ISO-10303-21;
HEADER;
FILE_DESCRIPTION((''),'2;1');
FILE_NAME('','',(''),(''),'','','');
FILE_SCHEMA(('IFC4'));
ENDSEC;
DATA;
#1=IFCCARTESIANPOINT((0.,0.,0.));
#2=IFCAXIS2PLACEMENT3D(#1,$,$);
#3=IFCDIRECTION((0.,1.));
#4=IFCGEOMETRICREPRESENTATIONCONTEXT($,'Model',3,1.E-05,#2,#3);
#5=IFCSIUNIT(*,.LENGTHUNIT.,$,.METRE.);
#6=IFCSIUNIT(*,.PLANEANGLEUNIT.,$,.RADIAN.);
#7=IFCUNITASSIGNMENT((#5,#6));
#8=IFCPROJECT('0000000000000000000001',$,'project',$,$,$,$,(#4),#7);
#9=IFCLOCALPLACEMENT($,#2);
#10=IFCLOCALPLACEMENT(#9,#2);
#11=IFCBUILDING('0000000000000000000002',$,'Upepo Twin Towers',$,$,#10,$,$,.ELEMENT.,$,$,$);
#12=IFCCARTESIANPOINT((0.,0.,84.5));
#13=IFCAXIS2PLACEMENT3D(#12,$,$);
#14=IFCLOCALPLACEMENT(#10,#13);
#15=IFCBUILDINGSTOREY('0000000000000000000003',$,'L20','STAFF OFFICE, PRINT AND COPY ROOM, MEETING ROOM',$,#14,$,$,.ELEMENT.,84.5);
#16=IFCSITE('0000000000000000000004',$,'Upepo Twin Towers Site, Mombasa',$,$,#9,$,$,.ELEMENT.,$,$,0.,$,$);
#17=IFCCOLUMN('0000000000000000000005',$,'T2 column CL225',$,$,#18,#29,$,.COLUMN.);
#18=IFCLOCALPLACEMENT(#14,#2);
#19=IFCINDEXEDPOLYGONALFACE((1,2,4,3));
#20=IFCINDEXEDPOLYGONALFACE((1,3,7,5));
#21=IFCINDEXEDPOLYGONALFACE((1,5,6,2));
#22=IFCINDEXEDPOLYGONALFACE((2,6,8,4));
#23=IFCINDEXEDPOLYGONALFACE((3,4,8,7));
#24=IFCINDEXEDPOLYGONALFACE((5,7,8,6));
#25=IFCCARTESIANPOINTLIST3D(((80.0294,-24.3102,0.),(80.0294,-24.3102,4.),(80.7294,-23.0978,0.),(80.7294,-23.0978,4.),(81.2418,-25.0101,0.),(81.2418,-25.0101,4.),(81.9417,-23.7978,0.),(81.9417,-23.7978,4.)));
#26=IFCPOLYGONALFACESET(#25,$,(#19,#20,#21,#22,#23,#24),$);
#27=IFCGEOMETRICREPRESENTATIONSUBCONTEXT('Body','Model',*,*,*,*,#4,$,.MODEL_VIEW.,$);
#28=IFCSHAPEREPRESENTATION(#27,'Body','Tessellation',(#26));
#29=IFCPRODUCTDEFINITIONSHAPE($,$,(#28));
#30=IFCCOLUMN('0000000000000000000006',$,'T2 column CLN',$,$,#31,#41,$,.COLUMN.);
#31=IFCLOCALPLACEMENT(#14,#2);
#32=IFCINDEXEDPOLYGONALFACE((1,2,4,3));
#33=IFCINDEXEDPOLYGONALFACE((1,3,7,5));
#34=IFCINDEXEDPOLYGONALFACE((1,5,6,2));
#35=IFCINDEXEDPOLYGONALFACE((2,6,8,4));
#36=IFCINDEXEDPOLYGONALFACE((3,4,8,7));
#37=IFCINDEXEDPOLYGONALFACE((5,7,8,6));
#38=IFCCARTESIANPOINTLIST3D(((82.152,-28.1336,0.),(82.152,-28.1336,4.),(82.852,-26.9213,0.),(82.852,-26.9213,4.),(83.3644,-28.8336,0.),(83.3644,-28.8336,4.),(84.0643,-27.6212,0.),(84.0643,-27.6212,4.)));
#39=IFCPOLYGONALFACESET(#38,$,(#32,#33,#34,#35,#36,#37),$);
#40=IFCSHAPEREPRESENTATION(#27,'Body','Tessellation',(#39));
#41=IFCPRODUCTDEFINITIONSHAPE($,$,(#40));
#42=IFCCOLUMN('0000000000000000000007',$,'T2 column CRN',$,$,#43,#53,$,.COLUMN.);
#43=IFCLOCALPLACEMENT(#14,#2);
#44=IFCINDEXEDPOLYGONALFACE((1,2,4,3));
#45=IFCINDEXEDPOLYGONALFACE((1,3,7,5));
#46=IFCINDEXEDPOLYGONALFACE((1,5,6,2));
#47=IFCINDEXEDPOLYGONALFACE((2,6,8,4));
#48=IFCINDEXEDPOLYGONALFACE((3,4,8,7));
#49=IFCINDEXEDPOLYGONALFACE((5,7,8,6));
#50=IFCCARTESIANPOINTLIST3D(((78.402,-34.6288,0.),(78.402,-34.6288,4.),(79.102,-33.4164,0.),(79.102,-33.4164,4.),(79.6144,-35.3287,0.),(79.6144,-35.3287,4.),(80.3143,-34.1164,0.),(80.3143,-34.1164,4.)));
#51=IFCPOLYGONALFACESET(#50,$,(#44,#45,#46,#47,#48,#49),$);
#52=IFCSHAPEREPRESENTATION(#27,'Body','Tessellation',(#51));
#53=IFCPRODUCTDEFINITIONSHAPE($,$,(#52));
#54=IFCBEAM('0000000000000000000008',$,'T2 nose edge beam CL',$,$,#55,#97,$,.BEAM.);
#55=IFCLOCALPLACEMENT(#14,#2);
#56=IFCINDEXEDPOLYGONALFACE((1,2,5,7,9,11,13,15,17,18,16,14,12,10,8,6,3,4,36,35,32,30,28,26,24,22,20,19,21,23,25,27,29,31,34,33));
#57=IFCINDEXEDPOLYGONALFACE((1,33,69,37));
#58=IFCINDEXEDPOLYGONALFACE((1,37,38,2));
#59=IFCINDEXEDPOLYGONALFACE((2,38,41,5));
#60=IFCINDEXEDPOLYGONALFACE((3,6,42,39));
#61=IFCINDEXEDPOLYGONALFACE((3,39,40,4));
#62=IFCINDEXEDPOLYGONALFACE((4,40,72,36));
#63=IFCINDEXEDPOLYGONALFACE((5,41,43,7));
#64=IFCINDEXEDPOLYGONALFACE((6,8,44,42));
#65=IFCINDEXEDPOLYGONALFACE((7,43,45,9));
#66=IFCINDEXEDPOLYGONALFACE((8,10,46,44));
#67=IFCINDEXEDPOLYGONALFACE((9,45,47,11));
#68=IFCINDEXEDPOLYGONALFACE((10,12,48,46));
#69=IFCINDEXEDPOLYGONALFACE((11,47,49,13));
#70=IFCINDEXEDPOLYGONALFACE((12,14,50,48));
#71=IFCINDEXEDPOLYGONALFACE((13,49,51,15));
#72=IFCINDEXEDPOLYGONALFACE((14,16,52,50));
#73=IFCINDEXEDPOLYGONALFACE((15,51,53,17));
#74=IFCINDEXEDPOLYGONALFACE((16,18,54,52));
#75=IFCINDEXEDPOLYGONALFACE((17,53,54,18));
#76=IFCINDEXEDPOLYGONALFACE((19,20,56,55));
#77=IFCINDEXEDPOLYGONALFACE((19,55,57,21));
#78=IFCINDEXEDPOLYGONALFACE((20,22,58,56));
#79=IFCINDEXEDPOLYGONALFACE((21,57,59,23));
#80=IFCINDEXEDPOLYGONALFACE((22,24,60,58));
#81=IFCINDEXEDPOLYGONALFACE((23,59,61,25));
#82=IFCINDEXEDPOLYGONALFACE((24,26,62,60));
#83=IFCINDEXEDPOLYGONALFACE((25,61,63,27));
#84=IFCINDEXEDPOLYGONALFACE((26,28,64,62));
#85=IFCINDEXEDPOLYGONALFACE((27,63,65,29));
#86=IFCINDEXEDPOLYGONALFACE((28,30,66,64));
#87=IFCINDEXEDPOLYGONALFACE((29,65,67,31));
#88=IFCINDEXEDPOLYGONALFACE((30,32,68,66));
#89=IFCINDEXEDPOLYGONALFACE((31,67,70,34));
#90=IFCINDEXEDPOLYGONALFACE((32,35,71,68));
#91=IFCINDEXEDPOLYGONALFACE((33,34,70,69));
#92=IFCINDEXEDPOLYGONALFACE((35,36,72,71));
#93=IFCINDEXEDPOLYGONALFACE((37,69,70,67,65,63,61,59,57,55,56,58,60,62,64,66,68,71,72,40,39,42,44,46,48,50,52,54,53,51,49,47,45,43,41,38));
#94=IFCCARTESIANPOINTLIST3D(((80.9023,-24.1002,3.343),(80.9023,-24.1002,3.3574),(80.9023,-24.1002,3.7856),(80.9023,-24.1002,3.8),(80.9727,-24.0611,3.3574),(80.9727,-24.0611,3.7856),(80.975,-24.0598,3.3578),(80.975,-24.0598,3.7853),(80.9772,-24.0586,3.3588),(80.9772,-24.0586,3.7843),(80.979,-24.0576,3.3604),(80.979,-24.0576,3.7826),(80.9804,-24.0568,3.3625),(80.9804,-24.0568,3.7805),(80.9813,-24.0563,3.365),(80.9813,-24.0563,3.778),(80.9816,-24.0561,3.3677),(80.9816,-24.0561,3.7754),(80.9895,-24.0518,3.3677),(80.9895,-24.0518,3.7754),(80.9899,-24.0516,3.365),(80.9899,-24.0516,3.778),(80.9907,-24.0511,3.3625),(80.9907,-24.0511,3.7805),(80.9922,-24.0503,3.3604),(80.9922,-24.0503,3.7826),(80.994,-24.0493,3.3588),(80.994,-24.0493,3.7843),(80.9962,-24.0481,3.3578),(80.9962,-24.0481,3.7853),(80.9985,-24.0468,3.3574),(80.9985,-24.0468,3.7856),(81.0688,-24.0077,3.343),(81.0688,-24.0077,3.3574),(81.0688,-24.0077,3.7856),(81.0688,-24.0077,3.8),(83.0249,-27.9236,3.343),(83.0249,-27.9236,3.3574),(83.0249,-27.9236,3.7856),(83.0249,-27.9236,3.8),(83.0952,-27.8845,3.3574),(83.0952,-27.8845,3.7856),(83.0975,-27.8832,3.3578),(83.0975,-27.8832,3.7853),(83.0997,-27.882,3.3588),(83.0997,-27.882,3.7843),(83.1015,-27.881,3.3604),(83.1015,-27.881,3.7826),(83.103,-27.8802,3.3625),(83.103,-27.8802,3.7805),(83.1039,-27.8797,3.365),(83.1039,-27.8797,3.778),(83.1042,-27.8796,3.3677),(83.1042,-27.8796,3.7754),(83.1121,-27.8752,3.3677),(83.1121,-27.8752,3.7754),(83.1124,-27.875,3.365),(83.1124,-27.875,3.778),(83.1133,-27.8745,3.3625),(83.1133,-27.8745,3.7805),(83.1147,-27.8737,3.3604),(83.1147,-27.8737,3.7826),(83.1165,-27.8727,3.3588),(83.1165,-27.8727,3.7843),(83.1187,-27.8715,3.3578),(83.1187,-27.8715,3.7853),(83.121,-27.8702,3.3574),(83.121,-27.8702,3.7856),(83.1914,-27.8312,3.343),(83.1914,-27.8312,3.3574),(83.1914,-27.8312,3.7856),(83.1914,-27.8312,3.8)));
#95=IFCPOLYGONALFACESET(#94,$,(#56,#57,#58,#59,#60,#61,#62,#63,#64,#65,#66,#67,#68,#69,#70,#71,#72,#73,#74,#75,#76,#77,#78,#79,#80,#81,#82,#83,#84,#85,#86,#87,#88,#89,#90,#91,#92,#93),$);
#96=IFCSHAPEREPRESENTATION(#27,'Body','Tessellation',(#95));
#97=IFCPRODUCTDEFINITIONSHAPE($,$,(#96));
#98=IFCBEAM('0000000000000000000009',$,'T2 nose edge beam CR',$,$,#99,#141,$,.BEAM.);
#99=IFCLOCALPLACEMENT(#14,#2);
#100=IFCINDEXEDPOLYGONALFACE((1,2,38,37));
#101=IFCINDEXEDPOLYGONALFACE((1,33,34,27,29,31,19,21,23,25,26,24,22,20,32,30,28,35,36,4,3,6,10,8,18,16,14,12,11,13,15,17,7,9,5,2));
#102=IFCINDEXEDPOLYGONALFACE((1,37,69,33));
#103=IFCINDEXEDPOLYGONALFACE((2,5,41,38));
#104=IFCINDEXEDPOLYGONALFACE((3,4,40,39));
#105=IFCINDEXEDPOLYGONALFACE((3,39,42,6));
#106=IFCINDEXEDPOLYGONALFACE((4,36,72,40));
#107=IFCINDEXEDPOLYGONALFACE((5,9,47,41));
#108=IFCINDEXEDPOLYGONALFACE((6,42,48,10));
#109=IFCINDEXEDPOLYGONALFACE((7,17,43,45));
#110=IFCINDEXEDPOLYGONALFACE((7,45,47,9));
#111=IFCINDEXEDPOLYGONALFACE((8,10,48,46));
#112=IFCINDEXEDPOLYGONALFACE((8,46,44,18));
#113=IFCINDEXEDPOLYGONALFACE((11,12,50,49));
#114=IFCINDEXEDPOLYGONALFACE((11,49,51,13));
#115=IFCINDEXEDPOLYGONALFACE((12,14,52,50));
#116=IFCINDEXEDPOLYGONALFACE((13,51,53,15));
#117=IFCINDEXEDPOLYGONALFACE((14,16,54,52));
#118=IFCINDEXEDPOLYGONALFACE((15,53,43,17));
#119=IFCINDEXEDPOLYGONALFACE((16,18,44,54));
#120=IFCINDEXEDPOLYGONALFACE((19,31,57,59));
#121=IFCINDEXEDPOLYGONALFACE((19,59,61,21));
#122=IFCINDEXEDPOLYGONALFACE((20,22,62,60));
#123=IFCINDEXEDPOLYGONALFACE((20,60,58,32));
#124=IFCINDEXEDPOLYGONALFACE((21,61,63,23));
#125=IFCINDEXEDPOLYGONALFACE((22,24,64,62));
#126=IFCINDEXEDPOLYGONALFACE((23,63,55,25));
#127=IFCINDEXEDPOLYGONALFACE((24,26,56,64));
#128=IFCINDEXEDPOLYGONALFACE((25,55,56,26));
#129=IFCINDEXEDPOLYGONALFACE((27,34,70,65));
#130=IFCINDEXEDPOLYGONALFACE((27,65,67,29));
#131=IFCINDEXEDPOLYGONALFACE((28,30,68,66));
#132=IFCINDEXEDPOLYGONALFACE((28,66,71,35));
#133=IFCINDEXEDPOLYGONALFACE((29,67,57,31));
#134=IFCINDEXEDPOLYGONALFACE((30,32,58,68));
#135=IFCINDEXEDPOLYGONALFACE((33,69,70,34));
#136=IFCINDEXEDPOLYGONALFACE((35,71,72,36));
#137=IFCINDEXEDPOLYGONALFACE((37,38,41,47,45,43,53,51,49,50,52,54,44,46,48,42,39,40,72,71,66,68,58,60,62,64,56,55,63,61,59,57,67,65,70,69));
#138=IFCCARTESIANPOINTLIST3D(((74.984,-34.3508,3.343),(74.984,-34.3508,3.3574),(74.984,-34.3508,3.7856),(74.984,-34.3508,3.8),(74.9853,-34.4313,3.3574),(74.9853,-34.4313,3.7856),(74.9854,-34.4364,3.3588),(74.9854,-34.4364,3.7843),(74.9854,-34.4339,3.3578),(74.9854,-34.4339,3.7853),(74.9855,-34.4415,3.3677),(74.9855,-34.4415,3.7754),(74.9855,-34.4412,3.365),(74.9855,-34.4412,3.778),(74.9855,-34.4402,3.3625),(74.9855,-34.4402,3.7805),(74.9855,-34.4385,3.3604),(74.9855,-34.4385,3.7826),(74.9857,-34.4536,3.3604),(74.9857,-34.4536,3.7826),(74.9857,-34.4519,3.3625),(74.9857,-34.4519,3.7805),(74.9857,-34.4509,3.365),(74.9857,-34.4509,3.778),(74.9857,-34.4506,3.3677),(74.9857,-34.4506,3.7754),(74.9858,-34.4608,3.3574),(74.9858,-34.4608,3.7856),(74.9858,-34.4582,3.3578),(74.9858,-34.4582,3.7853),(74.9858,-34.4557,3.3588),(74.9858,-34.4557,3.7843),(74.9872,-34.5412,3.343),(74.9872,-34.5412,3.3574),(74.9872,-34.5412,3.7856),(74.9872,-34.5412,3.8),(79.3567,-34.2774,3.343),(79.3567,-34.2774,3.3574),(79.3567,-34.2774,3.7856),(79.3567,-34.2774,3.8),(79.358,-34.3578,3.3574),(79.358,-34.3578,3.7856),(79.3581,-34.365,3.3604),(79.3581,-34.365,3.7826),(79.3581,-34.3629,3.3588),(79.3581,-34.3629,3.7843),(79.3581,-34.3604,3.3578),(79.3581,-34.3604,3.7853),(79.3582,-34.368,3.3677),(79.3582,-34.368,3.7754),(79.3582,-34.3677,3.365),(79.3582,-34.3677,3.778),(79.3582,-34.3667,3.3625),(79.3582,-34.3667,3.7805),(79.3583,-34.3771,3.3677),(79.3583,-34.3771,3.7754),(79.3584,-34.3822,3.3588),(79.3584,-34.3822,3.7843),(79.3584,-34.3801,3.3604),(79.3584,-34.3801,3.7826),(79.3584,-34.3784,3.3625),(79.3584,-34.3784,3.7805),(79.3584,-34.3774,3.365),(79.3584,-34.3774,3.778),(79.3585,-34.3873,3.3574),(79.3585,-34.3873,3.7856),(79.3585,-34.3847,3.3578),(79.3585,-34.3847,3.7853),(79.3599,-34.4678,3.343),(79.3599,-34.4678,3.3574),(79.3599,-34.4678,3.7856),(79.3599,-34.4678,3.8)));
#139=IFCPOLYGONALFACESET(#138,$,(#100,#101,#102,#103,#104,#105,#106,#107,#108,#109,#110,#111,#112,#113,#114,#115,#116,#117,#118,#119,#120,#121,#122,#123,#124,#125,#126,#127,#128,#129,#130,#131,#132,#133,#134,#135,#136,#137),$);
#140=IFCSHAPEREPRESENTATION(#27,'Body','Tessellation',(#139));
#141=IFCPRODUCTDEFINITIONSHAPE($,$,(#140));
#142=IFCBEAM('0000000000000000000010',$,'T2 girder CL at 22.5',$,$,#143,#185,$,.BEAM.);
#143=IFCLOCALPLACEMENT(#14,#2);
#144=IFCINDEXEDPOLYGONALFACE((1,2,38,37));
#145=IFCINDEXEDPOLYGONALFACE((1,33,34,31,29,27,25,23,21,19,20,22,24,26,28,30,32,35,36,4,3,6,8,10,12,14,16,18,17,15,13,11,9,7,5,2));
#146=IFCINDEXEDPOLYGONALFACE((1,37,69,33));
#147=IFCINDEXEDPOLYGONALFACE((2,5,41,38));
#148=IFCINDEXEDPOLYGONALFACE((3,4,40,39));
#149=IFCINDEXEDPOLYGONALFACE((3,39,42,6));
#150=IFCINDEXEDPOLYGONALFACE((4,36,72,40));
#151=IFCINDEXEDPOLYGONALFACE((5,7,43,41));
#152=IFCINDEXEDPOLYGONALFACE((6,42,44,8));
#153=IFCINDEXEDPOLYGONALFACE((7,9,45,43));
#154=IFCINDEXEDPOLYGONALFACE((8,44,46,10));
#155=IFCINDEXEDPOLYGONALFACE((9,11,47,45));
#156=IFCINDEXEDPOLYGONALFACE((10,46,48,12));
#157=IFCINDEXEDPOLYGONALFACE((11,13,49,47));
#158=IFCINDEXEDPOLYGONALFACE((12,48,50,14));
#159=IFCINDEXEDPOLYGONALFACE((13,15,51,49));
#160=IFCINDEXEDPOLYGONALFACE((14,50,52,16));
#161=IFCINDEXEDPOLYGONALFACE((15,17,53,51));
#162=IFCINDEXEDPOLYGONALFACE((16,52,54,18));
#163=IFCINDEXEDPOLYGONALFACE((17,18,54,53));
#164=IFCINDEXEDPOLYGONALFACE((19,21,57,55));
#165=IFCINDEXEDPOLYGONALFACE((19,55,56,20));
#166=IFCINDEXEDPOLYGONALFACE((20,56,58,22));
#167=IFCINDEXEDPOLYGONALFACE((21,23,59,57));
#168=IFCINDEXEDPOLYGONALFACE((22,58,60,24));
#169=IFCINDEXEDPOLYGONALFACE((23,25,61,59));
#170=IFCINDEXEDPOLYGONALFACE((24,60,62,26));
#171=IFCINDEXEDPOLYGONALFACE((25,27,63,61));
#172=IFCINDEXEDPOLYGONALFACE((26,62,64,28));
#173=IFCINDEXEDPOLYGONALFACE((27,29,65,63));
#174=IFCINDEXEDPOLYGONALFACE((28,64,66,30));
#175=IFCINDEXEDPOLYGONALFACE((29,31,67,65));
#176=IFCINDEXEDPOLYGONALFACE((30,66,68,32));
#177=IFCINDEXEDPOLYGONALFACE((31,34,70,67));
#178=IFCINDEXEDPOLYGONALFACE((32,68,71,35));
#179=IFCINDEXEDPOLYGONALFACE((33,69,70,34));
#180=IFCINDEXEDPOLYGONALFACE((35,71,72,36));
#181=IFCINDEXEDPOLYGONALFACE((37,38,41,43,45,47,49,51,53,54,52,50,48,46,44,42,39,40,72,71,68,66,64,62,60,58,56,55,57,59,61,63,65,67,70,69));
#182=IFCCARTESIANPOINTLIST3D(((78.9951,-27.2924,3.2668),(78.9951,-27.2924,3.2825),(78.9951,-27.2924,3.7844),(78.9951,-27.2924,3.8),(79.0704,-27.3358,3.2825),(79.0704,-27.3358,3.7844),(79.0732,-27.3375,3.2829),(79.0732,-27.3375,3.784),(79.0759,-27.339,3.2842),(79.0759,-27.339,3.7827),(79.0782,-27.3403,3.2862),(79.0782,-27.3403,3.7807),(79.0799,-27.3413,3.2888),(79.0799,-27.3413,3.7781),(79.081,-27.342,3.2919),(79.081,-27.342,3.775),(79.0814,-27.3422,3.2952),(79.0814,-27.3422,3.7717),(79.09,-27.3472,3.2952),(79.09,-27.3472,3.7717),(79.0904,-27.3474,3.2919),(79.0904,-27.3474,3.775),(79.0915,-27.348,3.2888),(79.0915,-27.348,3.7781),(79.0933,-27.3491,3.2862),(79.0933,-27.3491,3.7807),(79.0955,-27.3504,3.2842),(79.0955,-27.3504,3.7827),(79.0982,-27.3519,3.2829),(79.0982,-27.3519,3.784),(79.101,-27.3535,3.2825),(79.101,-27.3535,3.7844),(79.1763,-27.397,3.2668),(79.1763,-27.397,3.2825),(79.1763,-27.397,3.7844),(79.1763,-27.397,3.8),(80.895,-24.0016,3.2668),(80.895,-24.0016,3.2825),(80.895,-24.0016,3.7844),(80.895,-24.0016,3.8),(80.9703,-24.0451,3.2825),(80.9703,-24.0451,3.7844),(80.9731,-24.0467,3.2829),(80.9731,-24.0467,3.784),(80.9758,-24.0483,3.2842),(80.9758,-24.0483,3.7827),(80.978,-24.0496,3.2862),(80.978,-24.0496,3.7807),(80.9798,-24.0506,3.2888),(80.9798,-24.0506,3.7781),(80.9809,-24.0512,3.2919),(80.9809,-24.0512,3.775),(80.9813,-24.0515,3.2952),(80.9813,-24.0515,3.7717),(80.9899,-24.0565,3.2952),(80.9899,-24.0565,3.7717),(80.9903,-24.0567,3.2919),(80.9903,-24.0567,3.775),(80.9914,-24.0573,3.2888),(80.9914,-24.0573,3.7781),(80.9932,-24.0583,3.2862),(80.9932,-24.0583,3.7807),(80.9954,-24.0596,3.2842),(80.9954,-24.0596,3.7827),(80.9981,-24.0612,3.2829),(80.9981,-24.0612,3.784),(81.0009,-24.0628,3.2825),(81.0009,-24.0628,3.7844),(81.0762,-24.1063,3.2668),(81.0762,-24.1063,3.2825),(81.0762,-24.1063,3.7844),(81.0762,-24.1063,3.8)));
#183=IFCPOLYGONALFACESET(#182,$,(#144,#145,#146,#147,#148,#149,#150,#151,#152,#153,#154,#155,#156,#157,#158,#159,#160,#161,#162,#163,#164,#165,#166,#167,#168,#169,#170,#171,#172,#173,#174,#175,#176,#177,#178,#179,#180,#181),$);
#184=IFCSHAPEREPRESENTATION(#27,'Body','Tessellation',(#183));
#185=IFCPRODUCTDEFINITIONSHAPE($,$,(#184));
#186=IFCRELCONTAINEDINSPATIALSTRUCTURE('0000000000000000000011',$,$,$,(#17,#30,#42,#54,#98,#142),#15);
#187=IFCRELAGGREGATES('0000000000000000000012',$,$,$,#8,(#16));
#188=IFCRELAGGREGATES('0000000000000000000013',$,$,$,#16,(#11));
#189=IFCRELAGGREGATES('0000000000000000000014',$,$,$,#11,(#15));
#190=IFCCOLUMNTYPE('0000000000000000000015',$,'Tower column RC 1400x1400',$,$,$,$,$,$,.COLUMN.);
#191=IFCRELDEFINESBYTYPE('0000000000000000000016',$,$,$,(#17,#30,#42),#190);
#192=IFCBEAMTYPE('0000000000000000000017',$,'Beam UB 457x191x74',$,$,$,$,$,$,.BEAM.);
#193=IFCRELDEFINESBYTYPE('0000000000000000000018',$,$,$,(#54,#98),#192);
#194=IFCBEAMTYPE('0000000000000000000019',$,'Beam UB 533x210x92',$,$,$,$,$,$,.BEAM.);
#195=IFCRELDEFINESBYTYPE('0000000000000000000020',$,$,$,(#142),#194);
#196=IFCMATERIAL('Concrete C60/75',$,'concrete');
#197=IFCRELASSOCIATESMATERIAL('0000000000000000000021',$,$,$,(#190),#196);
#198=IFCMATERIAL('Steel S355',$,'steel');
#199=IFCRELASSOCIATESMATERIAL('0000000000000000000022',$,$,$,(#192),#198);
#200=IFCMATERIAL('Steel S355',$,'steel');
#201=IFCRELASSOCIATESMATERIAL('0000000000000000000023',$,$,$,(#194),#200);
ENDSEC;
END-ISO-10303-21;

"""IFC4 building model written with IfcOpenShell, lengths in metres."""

from ifc_helpers import new_model, si_unit, direction, frame, origin, origin_2d, place, context, subcontext, project, spatial, rectangle, i_section, extrude, material, material_profile, profile_set, type_object, element, save


model = new_model("IFC4")

# Units and contexts
model_context = context("Model", 3, precision=1e-05, world=origin(), true_north=direction((0.0, 1.0)))
body_context = subcontext(model_context, "Body", "Model", "MODEL_VIEW")
ifc_project = project(units=[si_unit("LENGTHUNIT", "METRE"), si_unit("PLANEANGLEUNIT", "RADIAN")], contexts=[model_context])

# Site, building, storey
site_placement = place(None, origin())
site = spatial("IfcSite", under=ifc_project, at=site_placement, Name="Upepo Twin Towers Site, Mombasa", CompositionType="ELEMENT", RefElevation=0.0)
building_placement = place(site_placement, origin())
building = spatial("IfcBuilding", under=site, at=building_placement, Name="Upepo Twin Towers", CompositionType="ELEMENT")
storey_placement = place(building_placement, frame((0.0, 0.0, 84.5)))
storey = spatial("IfcBuildingStorey", under=building, at=storey_placement, Name="L20", Description="STAFF OFFICE, PRINT AND COPY ROOM, MEETING ROOM", CompositionType="ELEMENT", Elevation=84.5)

# Columns
ifc_material_1 = material(Name="Concrete C60/75", Category="concrete")
ifc_material_profile_1 = material_profile(ifc_material_1, rectangle(XDim=1.3999, YDim=1.3999, at=origin_2d()), Name="RC 1400x1400")
ifc_profile_set_1 = profile_set([ifc_material_profile_1], Name="Concrete C60/75")
column_type = type_object("IfcColumnType", Name="Tower column RC 1400x1400", PredefinedType="COLUMN", material=ifc_profile_set_1)
for number, where, z_axis, x_axis, name in (
    (1, (80.9856, -24.054, 0.0), (0.0, 0.0, 1.0), (0.5, 0.866025, 0.0), "T2 column CL225"),
    (2, (83.1082, -27.8774, 0.0), (0.0, 0.0, 1.0), (0.5, 0.866025, 0.0), "T2 column CLN"),
    (3, (79.3582, -34.3726, 0.0), (0.0, 0.0, 1.0), (0.5, 0.866025, 0.0), "T2 column CRN"),
):
    element("IfcColumn", number, at=place(storey_placement, frame(where, z_axis=z_axis, x_axis=x_axis)), inside=storey, type_object=column_type, Name=name, PredefinedType="COLUMN", context=body_context, shape_type="SweptSolid", body=[
        extrude(rectangle(XDim=1.3999, YDim=1.3999, at=origin_2d()), origin(), (0.0, 0.0, 1.0), 4.0),
    ])

# Beams
ifc_material_2 = material(Name="Steel S355", Category="steel")
ifc_material_profile_2 = material_profile(ifc_material_2, i_section(OverallWidth=0.1904, OverallDepth=0.457, WebThickness=0.009, FlangeThickness=0.0144, FilletRadius=0.0103, at=origin_2d()), Name="UB 457x191x74")
ifc_profile_set_2 = profile_set([ifc_material_profile_2], Name="Steel S355")
beam_type_1 = type_object("IfcBeamType", Name="Beam UB 457x191x74", PredefinedType="BEAM", material=ifc_profile_set_2)
beam_1_placement = place(storey_placement, frame((80.9856, -24.054, 3.5715), z_axis=(0.485363, -0.874313, 0.0), x_axis=(0.874313, 0.485363, 0.0)))
element("IfcBeam", 4, at=beam_1_placement, inside=storey, type_object=beam_type_1, Name="T2 nose edge beam CL", PredefinedType="BEAM", context=body_context, shape_type="SweptSolid", body=[
    extrude(i_section(OverallWidth=0.1904, OverallDepth=0.457, WebThickness=0.009, FlangeThickness=0.0144, FilletRadius=0.0103, at=origin_2d()), origin(), (0.0, 0.0, 1.0), 4.373),
])
beam_2_placement = place(storey_placement, frame((74.9856, -34.446, 3.5715), z_axis=(0.999859, 0.016804, 0.0), x_axis=(-0.016804, 0.999859, 0.0)))
element("IfcBeam", 5, at=beam_2_placement, inside=storey, type_object=beam_type_1, Name="T2 nose edge beam CR", PredefinedType="BEAM", context=body_context, shape_type="SweptSolid", body=[
    extrude(i_section(OverallWidth=0.1904, OverallDepth=0.457, WebThickness=0.009, FlangeThickness=0.0144, FilletRadius=0.0103, at=origin_2d()), origin(), (0.0, 0.0, 1.0), 4.3733),
])
ifc_material_3 = material(Name="Steel S355", Category="steel")
ifc_material_profile_3 = material_profile(ifc_material_3, i_section(OverallWidth=0.2092, OverallDepth=0.5332, WebThickness=0.01, FlangeThickness=0.0156, FilletRadius=0.0127, at=origin_2d()), Name="UB 533x210x92")
ifc_profile_set_3 = profile_set([ifc_material_profile_3], Name="Steel S355")
beam_type_2 = type_object("IfcBeamType", Name="Beam UB 533x210x92", PredefinedType="BEAM", material=ifc_profile_set_3)
for number, where, z_axis, x_axis, name in (
    (6, (80.9856, -24.054, 3.5334), (-0.499995, -0.866028, 0.0), (0.866028, -0.499995, 0.0), "T2 girder CL at 22.5"),
):
    element("IfcBeam", number, at=place(storey_placement, frame(where, z_axis=z_axis, x_axis=x_axis)), inside=storey, type_object=beam_type_2, Name=name, PredefinedType="BEAM", context=body_context, shape_type="SweptSolid", body=[
        extrude(i_section(OverallWidth=0.2092, OverallDepth=0.5332, WebThickness=0.01, FlangeThickness=0.0156, FilletRadius=0.0127, at=origin_2d()), origin(), (0.0, 0.0, 1.0), 3.7998),
    ])

save(model, "model.ifc")
